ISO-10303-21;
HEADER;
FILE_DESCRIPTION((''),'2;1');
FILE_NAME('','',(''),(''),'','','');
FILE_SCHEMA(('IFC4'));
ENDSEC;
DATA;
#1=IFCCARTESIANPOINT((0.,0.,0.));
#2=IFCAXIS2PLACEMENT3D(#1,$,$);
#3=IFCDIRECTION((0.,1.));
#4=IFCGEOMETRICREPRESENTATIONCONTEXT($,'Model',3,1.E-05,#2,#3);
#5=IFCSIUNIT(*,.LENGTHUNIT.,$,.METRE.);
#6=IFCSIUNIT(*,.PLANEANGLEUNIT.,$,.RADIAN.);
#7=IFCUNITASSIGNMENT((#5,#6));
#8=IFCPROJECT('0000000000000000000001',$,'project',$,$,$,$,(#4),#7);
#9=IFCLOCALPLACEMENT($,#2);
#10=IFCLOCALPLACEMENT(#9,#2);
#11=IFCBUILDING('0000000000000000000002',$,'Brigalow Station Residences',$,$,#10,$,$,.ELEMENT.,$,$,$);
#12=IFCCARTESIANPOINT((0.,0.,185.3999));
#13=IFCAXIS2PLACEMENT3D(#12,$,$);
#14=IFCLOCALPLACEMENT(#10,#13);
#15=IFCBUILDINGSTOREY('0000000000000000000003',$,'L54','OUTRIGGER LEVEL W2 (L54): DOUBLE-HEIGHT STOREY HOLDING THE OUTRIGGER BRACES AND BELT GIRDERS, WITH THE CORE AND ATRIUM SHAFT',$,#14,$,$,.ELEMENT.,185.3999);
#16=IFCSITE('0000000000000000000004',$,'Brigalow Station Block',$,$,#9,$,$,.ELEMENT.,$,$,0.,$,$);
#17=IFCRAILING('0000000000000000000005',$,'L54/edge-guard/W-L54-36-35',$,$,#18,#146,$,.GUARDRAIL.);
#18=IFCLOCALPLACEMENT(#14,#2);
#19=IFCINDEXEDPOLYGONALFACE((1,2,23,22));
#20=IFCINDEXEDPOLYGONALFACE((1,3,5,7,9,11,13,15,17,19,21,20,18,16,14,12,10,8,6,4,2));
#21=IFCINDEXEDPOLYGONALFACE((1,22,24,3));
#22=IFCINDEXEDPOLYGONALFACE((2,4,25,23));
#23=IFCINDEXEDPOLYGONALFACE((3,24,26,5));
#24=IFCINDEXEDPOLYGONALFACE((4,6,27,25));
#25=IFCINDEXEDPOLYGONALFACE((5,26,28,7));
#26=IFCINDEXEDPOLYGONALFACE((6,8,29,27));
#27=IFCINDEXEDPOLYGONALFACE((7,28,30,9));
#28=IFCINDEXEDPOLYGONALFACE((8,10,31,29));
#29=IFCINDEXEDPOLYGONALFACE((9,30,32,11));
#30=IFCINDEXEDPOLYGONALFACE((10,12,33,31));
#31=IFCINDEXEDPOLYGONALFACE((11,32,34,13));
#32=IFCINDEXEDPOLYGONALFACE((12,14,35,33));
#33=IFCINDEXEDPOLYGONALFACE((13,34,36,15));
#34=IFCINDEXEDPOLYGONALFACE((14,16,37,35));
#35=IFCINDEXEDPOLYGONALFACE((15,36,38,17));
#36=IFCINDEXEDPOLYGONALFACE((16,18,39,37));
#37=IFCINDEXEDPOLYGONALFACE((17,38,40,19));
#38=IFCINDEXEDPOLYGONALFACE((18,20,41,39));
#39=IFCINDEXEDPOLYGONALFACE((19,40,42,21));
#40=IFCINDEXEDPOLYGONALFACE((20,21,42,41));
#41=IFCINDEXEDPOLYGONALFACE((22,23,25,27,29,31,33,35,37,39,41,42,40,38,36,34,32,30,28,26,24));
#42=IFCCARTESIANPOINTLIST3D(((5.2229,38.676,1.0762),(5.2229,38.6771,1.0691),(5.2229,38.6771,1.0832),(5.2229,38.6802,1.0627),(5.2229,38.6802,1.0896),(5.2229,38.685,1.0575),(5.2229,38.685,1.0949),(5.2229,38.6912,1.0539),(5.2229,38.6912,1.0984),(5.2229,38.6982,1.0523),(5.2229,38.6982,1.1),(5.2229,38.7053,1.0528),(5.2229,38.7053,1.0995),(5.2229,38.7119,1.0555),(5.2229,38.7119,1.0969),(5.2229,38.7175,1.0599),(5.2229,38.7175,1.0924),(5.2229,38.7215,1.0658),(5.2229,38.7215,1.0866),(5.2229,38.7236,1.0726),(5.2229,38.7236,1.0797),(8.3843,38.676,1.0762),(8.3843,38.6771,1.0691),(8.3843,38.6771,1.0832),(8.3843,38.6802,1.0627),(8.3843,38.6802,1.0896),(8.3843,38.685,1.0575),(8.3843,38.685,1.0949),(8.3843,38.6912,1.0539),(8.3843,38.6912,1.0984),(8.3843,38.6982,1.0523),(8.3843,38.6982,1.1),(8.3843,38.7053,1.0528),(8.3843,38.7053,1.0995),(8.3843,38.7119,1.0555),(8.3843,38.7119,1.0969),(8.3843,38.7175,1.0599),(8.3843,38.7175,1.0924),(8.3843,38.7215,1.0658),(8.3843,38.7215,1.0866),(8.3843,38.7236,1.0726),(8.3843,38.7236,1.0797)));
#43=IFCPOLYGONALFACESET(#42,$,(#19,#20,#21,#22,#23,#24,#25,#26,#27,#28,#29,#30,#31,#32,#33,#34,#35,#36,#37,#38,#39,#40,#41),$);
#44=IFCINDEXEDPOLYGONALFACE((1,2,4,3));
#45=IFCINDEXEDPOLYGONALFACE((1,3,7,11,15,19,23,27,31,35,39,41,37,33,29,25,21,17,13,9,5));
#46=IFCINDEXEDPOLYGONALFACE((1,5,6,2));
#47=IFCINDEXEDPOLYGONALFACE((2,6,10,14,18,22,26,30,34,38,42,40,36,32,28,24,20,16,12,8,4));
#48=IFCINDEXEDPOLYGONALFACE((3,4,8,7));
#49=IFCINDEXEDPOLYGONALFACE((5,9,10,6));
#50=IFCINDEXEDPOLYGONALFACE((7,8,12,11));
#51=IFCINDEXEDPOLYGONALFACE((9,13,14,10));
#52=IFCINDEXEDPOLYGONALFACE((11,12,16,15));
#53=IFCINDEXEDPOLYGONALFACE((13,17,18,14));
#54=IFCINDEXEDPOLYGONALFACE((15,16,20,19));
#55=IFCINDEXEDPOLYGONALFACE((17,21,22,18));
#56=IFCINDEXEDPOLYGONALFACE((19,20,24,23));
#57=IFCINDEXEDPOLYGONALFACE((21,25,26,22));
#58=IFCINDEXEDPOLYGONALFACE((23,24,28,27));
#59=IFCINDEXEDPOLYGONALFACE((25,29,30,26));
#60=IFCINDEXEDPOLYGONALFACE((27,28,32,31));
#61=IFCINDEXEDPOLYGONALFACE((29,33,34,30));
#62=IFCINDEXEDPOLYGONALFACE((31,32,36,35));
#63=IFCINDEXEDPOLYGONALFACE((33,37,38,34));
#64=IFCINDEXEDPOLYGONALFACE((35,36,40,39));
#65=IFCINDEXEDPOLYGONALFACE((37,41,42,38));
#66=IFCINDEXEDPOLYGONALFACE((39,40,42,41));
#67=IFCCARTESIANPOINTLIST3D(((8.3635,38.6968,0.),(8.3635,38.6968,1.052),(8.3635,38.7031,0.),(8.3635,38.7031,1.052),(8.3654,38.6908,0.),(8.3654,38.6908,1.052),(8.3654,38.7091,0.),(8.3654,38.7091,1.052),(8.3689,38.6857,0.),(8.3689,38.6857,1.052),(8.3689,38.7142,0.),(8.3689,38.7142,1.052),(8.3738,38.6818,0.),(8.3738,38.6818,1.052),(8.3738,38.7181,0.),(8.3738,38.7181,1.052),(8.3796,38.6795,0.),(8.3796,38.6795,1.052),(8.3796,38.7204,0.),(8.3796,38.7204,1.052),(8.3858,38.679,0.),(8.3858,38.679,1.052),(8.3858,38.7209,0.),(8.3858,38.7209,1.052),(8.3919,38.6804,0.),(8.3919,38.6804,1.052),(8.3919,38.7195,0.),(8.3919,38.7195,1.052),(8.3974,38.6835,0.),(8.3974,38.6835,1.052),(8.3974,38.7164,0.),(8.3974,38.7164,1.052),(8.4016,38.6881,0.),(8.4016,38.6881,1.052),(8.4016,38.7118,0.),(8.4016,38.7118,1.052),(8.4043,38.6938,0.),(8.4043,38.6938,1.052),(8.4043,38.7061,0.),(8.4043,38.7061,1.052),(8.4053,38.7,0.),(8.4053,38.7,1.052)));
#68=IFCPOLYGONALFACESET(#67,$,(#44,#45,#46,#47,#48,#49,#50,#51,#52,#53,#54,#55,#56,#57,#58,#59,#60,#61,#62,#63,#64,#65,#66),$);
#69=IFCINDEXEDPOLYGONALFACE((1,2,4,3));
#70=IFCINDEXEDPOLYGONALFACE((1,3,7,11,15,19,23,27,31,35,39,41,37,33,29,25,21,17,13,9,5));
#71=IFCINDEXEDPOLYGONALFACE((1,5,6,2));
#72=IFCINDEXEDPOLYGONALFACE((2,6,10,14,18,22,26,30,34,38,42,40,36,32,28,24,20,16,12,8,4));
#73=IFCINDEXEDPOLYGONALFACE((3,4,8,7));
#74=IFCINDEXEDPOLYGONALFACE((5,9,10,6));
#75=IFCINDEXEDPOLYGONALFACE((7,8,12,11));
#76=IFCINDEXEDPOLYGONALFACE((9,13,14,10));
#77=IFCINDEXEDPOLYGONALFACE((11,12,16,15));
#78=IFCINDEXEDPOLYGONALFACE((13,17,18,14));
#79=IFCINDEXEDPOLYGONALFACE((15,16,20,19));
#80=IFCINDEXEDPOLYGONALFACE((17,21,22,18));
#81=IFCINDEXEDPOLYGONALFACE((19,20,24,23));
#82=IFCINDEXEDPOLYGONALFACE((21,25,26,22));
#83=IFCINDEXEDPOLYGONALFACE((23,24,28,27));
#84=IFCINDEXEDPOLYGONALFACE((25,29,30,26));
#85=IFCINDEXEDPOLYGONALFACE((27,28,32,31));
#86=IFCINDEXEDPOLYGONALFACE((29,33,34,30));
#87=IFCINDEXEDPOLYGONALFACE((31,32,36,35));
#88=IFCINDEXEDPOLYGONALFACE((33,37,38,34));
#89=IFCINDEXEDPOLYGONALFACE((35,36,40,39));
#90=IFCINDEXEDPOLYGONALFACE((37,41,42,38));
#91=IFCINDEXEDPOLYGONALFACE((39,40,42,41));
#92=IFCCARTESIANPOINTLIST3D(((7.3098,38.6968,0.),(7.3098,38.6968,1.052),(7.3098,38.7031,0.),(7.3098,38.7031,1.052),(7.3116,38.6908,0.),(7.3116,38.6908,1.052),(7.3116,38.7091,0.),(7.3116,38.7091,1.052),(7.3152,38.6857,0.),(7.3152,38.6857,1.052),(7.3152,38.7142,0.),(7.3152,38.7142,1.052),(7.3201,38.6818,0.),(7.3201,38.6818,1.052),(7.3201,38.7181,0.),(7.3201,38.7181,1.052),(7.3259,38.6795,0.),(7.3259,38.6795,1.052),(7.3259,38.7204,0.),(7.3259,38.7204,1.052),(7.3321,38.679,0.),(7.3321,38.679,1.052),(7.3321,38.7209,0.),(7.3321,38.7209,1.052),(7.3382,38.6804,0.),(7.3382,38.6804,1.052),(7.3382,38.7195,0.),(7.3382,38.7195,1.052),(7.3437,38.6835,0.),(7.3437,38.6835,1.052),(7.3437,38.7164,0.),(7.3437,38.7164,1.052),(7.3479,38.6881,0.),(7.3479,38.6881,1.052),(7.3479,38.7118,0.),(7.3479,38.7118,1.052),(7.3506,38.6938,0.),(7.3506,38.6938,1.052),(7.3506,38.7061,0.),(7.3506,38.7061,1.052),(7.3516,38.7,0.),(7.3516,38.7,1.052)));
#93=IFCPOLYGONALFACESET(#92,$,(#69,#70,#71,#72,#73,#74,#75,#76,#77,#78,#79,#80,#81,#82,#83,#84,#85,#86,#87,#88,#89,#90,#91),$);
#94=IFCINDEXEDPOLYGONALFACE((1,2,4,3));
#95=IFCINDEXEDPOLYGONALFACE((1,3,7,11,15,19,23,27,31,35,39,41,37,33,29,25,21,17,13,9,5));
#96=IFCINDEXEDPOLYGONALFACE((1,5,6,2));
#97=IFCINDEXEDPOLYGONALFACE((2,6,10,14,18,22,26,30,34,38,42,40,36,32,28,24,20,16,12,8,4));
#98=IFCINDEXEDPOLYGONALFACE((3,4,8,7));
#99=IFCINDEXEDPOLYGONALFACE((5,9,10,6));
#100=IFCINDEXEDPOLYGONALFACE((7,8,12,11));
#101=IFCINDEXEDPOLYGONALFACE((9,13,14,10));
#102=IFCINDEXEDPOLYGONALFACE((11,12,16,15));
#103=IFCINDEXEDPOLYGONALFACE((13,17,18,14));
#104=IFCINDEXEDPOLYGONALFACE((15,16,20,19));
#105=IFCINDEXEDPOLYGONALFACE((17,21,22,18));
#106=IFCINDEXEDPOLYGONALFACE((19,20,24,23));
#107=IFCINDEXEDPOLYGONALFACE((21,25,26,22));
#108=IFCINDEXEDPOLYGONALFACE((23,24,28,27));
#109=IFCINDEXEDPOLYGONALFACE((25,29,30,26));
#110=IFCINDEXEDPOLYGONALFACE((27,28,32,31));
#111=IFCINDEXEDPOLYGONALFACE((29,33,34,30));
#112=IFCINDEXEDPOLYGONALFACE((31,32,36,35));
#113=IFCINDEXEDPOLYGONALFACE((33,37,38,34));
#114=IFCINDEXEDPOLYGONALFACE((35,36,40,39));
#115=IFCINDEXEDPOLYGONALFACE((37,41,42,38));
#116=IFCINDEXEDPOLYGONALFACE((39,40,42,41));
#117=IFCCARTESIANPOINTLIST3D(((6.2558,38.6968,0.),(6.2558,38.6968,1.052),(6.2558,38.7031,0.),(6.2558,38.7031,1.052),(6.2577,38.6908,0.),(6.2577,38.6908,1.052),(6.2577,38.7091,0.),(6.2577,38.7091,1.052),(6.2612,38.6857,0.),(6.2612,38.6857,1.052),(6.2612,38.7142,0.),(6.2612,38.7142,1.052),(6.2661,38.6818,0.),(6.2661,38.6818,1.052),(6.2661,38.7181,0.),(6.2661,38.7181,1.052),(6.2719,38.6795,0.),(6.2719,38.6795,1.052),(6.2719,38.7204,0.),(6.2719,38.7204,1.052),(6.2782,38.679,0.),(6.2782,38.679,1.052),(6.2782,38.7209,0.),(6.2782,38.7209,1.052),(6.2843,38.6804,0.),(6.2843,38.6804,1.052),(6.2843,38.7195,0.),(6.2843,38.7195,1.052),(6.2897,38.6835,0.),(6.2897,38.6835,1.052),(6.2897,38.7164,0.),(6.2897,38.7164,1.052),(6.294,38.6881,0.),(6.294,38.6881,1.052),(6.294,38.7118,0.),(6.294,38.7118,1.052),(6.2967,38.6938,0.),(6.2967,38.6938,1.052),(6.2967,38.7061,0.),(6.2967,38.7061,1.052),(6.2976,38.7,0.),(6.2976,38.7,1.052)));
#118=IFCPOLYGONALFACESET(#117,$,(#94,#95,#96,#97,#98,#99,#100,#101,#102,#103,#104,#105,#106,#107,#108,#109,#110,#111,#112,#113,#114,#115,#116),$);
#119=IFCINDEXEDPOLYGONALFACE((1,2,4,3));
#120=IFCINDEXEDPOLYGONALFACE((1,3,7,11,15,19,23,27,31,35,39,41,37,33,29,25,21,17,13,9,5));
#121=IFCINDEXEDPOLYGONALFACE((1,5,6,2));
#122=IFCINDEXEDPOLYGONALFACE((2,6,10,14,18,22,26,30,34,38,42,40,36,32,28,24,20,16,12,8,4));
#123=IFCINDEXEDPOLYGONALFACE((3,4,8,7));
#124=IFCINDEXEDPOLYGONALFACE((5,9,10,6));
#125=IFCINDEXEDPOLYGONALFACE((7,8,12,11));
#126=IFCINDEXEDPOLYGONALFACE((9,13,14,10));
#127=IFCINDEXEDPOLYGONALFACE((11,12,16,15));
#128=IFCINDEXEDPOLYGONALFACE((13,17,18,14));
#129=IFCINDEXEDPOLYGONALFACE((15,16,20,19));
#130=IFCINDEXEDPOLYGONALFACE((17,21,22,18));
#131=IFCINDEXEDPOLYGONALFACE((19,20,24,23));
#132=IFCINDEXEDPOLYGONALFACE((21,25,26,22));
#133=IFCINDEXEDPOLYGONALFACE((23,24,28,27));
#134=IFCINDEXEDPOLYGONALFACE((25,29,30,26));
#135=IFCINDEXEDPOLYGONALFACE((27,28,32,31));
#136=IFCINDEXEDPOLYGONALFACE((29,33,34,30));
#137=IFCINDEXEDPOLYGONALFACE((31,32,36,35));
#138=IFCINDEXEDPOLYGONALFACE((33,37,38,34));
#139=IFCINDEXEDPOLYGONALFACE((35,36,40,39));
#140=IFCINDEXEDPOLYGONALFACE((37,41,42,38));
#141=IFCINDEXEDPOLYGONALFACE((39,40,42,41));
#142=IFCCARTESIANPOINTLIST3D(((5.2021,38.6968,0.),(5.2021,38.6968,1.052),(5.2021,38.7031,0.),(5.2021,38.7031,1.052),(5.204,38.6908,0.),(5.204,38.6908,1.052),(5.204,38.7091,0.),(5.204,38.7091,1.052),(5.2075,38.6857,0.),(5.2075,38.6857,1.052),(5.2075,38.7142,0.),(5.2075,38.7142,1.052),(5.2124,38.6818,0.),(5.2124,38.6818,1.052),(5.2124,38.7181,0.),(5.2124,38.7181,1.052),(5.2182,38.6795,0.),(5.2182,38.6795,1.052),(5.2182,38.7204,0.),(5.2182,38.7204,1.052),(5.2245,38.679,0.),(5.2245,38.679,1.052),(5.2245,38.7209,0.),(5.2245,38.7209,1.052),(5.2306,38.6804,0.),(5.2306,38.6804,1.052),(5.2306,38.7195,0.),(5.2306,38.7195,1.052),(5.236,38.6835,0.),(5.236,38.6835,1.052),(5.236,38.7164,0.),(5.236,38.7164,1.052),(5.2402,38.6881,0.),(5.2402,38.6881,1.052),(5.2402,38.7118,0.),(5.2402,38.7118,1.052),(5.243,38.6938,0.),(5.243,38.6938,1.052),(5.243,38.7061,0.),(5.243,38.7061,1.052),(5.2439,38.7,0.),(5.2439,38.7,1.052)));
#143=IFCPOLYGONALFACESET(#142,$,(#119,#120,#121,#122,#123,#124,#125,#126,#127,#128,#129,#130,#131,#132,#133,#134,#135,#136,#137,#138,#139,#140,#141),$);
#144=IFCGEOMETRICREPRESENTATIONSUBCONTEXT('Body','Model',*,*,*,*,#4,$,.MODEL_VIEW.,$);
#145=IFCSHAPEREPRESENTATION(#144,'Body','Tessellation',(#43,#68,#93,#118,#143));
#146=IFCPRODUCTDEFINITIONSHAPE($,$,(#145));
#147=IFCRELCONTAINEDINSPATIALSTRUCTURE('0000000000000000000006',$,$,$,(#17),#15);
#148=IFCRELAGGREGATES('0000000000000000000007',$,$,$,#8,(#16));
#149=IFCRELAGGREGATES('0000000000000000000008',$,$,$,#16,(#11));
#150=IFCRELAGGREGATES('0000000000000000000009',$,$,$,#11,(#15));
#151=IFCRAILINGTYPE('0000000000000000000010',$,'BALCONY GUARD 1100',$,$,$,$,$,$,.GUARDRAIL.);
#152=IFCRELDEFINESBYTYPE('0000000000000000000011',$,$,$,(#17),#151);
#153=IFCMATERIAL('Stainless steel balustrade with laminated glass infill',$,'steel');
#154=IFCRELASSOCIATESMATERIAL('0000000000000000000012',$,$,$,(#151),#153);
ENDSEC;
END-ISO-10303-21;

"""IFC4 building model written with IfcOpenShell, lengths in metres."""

from ifc_helpers import new_model, si_unit, direction, frame, origin, origin_2d, place, context, subcontext, project, spatial, circle, extrude, material, type_object, element, save


model = new_model("IFC4")

# Units and contexts
model_context = context("Model", 3, precision=1e-05, world=origin(), true_north=direction((0.0, 1.0)))
body_context = subcontext(model_context, "Body", "Model", "MODEL_VIEW")
ifc_project = project(units=[si_unit("LENGTHUNIT", "METRE"), si_unit("PLANEANGLEUNIT", "RADIAN")], contexts=[model_context])

# Site, building, storey
site_placement = place(None, origin())
site = spatial("IfcSite", under=ifc_project, at=site_placement, Name="Brigalow Station Block", CompositionType="ELEMENT", RefElevation=0.0)
building_placement = place(site_placement, origin())
building = spatial("IfcBuilding", under=site, at=building_placement, Name="Brigalow Station Residences", CompositionType="ELEMENT")
storey_placement = place(building_placement, frame((0.0, 0.0, 185.3999)))
storey = spatial("IfcBuildingStorey", under=building, at=storey_placement, Name="L54", Description="OUTRIGGER LEVEL W2 (L54): DOUBLE-HEIGHT STOREY HOLDING THE OUTRIGGER BRACES AND BELT GIRDERS, WITH THE CORE AND ATRIUM SHAFT", CompositionType="ELEMENT", Elevation=185.3999)

# Railing
ifc_material_1 = material(Name="Stainless steel balustrade with laminated glass infill", Category="steel")
railing_type_1 = type_object("IfcRailingType", Name="BALCONY GUARD 1100", PredefinedType="GUARDRAIL", material=ifc_material_1)
railing_1_placement = place(storey_placement, frame((8.3843, 38.7, 0.0)))
element("IfcRailing", 1, at=railing_1_placement, inside=storey, type_object=railing_type_1, Name="L54/edge-guard/W-L54-36-35", PredefinedType="GUARDRAIL", context=body_context, shape_type="SweptSolid", body=[
    extrude(circle(Radius=0.0239, at=origin_2d()), frame((0.0, 0.0, 1.0762), z_axis=(-1.0, 0.0, 0.0), x_axis=(0.0, -1.0, 0.0)), (0.0, 0.0, 1.0), 3.1614),
    extrude(circle(Radius=0.021, at=origin_2d()), origin(), (0.0, 0.0, 1.0), 1.052),
    extrude(circle(Radius=0.021, at=origin_2d()), frame((-1.0537, 0.0, 0.0)), (0.0, 0.0, 1.0), 1.052),
    extrude(circle(Radius=0.021, at=origin_2d()), frame((-2.1077, 0.0, 0.0)), (0.0, 0.0, 1.0), 1.052),
    extrude(circle(Radius=0.021, at=origin_2d()), frame((-3.1614, 0.0, 0.0)), (0.0, 0.0, 1.0), 1.052),
])

save(model, "model.ifc")
